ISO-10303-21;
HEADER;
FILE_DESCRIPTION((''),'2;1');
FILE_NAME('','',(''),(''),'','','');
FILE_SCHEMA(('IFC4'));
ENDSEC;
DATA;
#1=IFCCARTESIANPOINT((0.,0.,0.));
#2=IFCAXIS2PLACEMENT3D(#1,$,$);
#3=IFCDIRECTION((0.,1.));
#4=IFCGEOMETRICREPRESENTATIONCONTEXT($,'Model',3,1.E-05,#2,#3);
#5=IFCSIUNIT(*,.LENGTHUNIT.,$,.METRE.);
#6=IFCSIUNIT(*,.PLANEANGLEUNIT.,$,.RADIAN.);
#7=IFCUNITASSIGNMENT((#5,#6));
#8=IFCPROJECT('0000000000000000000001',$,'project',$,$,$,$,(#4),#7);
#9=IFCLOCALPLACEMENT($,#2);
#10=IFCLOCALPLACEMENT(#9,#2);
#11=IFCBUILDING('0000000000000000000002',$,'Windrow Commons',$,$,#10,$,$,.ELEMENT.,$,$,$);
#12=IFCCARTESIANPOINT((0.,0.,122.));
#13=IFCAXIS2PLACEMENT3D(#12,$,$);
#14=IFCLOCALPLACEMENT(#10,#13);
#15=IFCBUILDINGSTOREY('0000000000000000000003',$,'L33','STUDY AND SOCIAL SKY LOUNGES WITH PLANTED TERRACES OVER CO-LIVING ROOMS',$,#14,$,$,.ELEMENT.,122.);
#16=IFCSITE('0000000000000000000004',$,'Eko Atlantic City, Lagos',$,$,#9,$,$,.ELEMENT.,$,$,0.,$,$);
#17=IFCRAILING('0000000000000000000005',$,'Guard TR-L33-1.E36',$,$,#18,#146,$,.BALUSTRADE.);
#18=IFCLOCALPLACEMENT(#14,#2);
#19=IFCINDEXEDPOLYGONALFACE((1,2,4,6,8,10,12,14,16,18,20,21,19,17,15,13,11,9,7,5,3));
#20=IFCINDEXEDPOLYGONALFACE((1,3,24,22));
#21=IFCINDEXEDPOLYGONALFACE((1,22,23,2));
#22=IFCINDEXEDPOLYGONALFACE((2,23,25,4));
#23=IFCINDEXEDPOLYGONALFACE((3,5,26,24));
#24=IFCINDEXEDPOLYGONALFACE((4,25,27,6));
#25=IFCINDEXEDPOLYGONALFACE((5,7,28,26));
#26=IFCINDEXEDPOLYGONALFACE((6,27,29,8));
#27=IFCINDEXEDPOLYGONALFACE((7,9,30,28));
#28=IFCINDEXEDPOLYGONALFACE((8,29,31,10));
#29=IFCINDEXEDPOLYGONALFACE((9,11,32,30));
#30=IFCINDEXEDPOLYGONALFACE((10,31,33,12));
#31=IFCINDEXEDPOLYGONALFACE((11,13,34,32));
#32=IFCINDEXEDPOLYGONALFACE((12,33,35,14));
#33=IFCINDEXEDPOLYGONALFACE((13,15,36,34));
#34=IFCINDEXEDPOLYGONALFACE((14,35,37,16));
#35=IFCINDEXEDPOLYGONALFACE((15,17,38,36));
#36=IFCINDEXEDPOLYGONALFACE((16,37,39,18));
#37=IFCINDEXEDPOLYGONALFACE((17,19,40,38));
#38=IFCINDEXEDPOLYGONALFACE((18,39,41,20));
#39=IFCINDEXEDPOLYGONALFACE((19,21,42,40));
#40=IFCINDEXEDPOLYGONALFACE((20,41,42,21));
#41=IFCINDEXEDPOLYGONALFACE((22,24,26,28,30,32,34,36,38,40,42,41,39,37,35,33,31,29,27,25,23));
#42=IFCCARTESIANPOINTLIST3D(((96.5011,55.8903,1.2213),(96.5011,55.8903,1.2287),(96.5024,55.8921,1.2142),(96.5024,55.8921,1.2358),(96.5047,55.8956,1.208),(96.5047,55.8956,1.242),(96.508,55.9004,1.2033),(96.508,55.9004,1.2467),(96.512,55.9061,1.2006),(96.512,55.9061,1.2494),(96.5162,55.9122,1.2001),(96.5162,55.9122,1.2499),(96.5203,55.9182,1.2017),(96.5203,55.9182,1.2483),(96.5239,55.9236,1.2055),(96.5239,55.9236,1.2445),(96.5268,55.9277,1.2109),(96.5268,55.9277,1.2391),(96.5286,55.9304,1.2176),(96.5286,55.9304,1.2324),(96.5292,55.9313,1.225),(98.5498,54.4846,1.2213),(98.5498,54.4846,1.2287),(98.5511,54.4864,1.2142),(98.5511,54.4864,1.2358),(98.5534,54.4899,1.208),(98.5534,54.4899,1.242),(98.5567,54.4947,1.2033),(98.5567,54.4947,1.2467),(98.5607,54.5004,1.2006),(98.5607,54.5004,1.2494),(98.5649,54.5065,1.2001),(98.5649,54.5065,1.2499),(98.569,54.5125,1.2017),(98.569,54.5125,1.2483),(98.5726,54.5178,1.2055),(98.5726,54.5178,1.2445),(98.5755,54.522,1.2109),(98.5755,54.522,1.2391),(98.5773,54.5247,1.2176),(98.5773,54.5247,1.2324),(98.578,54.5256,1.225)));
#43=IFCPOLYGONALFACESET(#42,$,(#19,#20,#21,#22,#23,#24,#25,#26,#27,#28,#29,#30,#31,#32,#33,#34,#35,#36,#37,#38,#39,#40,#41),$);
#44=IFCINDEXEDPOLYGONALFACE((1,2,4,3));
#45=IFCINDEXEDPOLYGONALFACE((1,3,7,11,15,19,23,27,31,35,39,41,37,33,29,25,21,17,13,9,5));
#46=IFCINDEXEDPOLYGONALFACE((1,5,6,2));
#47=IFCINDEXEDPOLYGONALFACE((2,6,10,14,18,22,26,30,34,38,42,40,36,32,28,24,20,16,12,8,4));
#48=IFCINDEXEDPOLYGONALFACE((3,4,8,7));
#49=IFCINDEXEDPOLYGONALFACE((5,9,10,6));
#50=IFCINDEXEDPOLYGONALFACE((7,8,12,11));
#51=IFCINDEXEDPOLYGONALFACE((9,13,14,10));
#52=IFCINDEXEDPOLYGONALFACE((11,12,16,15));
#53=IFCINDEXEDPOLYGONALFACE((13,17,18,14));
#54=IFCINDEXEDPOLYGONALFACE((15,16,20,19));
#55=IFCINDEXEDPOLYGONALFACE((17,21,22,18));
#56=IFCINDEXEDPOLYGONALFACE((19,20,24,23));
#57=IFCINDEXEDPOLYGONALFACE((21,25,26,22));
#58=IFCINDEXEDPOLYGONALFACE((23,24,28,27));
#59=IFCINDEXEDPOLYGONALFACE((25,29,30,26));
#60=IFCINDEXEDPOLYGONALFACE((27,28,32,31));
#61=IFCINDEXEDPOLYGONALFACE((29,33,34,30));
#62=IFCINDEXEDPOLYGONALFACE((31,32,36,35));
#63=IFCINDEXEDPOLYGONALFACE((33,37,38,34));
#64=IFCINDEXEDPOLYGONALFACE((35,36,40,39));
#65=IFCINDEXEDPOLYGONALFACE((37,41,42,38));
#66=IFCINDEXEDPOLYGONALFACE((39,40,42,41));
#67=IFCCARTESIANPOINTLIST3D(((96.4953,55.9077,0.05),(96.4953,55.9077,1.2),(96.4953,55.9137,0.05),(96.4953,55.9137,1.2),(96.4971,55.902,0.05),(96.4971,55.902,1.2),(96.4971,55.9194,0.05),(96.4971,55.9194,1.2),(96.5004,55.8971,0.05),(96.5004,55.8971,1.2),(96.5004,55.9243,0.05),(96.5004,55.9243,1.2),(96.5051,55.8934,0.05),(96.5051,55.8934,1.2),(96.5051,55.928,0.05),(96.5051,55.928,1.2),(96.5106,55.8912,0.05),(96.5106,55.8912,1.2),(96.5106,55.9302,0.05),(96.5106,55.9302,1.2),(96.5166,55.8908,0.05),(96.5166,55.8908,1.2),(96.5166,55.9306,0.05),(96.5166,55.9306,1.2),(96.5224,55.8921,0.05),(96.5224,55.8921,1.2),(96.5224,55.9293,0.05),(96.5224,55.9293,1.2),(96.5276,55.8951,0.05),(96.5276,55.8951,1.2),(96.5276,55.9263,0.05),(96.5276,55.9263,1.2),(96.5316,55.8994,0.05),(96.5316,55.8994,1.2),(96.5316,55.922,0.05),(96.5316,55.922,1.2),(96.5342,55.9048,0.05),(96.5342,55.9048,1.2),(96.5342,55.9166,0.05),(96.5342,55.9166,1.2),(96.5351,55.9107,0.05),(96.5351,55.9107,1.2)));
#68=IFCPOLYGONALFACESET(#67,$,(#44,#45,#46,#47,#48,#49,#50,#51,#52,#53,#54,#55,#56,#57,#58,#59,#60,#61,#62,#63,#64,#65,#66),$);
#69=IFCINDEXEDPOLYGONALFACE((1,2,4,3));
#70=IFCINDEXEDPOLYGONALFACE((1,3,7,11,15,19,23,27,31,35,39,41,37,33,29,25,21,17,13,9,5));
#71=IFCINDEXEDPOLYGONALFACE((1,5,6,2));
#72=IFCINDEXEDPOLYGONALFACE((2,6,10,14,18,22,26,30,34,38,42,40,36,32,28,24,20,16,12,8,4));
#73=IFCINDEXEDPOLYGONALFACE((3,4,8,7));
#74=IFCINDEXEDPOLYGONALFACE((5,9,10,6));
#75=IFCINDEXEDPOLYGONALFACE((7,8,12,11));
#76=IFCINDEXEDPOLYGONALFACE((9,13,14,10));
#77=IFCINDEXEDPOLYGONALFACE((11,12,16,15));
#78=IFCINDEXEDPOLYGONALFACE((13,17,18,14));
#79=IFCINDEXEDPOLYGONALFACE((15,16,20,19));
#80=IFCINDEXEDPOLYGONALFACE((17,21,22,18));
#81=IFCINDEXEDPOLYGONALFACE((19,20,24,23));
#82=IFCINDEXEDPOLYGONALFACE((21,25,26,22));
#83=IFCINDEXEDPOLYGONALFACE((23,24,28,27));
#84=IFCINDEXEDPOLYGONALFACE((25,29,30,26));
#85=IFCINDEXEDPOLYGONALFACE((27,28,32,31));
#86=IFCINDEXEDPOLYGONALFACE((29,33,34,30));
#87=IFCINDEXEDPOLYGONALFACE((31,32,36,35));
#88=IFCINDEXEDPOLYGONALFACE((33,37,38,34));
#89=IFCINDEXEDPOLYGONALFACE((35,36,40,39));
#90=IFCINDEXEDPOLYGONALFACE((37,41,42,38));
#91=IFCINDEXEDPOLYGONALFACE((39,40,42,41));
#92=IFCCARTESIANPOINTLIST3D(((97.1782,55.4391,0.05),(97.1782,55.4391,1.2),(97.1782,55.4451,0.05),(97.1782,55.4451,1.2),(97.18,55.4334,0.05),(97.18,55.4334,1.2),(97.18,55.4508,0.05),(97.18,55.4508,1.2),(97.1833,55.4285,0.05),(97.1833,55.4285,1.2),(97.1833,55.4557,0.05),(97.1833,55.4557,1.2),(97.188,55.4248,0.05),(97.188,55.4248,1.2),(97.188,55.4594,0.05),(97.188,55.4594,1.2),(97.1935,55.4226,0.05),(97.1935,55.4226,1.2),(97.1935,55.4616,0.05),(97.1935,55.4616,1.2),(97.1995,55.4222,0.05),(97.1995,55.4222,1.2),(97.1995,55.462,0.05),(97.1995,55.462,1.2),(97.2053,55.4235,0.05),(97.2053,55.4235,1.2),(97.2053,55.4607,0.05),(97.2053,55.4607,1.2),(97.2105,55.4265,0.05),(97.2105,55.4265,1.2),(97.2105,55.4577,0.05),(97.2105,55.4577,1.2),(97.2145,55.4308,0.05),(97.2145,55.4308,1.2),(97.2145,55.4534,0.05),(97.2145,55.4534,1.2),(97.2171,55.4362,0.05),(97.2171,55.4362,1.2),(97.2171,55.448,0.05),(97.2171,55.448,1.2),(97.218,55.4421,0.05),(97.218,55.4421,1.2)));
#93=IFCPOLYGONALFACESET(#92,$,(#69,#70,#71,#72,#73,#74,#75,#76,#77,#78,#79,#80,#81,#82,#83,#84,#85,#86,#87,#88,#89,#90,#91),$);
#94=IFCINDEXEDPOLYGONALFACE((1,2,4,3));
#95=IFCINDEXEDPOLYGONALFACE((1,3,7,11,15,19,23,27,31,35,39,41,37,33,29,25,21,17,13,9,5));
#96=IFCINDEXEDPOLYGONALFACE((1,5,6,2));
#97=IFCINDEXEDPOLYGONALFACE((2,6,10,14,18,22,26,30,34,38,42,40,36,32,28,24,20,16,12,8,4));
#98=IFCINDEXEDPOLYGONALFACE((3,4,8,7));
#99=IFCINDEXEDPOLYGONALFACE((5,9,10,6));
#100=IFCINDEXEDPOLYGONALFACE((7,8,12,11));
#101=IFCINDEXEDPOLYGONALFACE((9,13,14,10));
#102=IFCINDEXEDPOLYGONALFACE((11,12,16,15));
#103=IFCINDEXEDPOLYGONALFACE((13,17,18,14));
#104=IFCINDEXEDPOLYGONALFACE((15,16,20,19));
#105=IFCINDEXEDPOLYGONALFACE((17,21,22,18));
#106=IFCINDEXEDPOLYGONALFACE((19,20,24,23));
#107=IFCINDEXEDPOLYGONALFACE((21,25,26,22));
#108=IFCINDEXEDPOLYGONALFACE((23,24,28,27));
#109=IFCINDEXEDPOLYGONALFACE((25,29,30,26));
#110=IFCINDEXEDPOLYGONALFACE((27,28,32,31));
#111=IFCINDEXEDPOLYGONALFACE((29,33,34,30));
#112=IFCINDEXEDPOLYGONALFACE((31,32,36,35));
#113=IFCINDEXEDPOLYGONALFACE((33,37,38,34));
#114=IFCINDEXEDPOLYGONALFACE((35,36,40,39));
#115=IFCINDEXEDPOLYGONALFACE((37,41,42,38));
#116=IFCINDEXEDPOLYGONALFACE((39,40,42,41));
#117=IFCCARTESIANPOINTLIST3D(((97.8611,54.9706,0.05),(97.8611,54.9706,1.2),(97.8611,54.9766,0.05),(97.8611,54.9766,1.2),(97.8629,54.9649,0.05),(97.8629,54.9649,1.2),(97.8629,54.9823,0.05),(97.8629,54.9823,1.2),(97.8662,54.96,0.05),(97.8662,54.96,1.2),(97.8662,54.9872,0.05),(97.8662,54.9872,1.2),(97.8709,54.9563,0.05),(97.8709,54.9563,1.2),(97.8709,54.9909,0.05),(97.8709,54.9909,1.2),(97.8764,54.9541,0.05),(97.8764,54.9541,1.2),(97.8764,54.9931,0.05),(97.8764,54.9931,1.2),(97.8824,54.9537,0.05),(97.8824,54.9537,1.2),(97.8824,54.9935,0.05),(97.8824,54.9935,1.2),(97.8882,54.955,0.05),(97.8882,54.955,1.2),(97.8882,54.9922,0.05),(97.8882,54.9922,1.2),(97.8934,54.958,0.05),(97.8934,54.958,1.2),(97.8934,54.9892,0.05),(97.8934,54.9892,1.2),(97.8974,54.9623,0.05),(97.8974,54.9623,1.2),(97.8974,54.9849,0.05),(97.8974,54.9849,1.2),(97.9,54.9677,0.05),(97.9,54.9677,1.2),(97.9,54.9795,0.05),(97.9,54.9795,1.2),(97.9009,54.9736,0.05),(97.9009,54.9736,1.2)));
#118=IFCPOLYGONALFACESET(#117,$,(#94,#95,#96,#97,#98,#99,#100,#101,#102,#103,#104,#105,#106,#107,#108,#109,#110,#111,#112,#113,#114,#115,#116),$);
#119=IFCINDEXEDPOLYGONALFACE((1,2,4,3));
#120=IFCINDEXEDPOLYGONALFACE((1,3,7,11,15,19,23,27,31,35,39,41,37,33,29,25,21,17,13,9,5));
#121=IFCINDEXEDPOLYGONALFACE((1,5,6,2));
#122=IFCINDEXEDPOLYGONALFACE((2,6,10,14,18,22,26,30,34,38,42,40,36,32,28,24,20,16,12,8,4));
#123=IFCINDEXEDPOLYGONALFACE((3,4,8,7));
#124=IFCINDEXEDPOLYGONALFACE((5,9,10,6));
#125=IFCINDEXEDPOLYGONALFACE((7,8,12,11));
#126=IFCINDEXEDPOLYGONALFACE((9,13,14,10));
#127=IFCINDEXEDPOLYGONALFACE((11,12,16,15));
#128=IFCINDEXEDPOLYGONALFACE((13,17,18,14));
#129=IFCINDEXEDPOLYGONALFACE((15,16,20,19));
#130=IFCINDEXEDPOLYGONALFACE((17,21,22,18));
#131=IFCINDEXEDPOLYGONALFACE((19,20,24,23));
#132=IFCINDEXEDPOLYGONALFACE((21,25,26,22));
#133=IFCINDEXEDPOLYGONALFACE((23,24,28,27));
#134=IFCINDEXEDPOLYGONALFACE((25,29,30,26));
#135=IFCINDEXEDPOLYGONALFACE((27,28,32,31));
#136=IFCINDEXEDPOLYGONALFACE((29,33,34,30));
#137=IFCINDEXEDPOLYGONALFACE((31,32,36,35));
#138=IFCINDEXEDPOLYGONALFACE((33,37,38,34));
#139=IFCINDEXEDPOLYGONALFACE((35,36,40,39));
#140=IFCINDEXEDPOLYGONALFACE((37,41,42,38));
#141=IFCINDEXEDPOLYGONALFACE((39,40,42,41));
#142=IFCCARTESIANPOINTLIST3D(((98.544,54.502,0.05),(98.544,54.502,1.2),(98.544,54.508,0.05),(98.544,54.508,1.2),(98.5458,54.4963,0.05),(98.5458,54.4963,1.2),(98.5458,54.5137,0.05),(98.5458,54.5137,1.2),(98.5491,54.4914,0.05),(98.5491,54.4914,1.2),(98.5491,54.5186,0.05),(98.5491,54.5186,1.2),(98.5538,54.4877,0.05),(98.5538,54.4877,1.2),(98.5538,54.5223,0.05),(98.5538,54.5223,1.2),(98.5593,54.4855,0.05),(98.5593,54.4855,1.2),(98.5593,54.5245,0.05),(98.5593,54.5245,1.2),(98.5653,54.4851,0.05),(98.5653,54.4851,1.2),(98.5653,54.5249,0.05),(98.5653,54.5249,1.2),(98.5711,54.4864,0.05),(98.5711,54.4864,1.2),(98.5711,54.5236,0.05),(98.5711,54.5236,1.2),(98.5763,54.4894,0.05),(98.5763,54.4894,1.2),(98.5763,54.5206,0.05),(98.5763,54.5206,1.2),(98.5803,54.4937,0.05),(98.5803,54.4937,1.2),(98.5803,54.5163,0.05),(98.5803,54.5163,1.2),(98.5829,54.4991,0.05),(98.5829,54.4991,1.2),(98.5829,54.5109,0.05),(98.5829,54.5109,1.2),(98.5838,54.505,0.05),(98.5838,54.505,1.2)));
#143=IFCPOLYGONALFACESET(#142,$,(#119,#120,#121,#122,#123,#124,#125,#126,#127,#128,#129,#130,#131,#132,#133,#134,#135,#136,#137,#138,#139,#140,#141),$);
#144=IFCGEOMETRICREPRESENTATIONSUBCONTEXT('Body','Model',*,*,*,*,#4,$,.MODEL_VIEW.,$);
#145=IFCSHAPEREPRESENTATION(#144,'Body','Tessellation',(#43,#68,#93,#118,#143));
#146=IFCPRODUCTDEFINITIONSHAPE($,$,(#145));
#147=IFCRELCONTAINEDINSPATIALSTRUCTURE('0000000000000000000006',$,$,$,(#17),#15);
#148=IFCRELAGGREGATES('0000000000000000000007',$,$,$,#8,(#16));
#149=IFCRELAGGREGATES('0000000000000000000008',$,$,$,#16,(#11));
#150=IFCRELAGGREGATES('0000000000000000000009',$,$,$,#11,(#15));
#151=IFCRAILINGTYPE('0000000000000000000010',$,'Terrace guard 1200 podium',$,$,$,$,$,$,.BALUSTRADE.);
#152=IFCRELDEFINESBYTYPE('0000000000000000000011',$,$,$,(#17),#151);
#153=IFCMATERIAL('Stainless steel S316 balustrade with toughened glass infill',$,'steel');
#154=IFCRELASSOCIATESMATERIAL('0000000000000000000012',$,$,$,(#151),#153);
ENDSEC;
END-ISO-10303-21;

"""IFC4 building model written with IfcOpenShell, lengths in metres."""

from ifc_helpers import new_model, si_unit, direction, frame, origin, origin_2d, place, context, subcontext, project, spatial, circle, extrude, material, type_object, element, save


model = new_model("IFC4")

# Units and contexts
model_context = context("Model", 3, precision=1e-05, world=origin(), true_north=direction((0.0, 1.0)))
body_context = subcontext(model_context, "Body", "Model", "MODEL_VIEW")
ifc_project = project(units=[si_unit("LENGTHUNIT", "METRE"), si_unit("PLANEANGLEUNIT", "RADIAN")], contexts=[model_context])

# Site, building, storey
site_placement = place(None, origin())
site = spatial("IfcSite", under=ifc_project, at=site_placement, Name="Eko Atlantic City, Lagos", CompositionType="ELEMENT", RefElevation=0.0)
building_placement = place(site_placement, origin())
building = spatial("IfcBuilding", under=site, at=building_placement, Name="Windrow Commons", CompositionType="ELEMENT")
storey_placement = place(building_placement, frame((0.0, 0.0, 122.0)))
storey = spatial("IfcBuildingStorey", under=building, at=storey_placement, Name="L33", Description="STUDY AND SOCIAL SKY LOUNGES WITH PLANTED TERRACES OVER CO-LIVING ROOMS", CompositionType="ELEMENT", Elevation=122.0)

# Railing
ifc_material_1 = material(Name="Stainless steel S316 balustrade with toughened glass infill", Category="steel")
railing_type_1 = type_object("IfcRailingType", Name="Terrace guard 1200 podium", PredefinedType="BALUSTRADE", material=ifc_material_1)
railing_1_placement = place(storey_placement, frame((96.5151, 55.9107, 0.05)))
element("IfcRailing", 1, at=railing_1_placement, inside=storey, type_object=railing_type_1, Name="Guard TR-L33-1.E36", PredefinedType="BALUSTRADE", context=body_context, shape_type="SweptSolid", body=[
    extrude(circle(Radius=0.025, at=origin_2d()), frame((0.0, 0.0, 1.175), z_axis=(0.824564, -0.565768, 0.0), x_axis=(0.565768, 0.824564, 0.0)), (0.0, 0.0, 1.0), 2.4846),
    extrude(circle(Radius=0.02, at=origin_2d()), origin(), (0.0, 0.0, 1.0), 1.15),
    extrude(circle(Radius=0.02, at=origin_2d()), frame((0.6829, -0.4686, 0.0)), (0.0, 0.0, 1.0), 1.15),
    extrude(circle(Radius=0.02, at=origin_2d()), frame((1.3658, -0.9371, 0.0)), (0.0, 0.0, 1.0), 1.15),
    extrude(circle(Radius=0.02, at=origin_2d()), frame((2.0487, -1.4057, 0.0)), (0.0, 0.0, 1.0), 1.15),
])

save(model, "model.ifc")
